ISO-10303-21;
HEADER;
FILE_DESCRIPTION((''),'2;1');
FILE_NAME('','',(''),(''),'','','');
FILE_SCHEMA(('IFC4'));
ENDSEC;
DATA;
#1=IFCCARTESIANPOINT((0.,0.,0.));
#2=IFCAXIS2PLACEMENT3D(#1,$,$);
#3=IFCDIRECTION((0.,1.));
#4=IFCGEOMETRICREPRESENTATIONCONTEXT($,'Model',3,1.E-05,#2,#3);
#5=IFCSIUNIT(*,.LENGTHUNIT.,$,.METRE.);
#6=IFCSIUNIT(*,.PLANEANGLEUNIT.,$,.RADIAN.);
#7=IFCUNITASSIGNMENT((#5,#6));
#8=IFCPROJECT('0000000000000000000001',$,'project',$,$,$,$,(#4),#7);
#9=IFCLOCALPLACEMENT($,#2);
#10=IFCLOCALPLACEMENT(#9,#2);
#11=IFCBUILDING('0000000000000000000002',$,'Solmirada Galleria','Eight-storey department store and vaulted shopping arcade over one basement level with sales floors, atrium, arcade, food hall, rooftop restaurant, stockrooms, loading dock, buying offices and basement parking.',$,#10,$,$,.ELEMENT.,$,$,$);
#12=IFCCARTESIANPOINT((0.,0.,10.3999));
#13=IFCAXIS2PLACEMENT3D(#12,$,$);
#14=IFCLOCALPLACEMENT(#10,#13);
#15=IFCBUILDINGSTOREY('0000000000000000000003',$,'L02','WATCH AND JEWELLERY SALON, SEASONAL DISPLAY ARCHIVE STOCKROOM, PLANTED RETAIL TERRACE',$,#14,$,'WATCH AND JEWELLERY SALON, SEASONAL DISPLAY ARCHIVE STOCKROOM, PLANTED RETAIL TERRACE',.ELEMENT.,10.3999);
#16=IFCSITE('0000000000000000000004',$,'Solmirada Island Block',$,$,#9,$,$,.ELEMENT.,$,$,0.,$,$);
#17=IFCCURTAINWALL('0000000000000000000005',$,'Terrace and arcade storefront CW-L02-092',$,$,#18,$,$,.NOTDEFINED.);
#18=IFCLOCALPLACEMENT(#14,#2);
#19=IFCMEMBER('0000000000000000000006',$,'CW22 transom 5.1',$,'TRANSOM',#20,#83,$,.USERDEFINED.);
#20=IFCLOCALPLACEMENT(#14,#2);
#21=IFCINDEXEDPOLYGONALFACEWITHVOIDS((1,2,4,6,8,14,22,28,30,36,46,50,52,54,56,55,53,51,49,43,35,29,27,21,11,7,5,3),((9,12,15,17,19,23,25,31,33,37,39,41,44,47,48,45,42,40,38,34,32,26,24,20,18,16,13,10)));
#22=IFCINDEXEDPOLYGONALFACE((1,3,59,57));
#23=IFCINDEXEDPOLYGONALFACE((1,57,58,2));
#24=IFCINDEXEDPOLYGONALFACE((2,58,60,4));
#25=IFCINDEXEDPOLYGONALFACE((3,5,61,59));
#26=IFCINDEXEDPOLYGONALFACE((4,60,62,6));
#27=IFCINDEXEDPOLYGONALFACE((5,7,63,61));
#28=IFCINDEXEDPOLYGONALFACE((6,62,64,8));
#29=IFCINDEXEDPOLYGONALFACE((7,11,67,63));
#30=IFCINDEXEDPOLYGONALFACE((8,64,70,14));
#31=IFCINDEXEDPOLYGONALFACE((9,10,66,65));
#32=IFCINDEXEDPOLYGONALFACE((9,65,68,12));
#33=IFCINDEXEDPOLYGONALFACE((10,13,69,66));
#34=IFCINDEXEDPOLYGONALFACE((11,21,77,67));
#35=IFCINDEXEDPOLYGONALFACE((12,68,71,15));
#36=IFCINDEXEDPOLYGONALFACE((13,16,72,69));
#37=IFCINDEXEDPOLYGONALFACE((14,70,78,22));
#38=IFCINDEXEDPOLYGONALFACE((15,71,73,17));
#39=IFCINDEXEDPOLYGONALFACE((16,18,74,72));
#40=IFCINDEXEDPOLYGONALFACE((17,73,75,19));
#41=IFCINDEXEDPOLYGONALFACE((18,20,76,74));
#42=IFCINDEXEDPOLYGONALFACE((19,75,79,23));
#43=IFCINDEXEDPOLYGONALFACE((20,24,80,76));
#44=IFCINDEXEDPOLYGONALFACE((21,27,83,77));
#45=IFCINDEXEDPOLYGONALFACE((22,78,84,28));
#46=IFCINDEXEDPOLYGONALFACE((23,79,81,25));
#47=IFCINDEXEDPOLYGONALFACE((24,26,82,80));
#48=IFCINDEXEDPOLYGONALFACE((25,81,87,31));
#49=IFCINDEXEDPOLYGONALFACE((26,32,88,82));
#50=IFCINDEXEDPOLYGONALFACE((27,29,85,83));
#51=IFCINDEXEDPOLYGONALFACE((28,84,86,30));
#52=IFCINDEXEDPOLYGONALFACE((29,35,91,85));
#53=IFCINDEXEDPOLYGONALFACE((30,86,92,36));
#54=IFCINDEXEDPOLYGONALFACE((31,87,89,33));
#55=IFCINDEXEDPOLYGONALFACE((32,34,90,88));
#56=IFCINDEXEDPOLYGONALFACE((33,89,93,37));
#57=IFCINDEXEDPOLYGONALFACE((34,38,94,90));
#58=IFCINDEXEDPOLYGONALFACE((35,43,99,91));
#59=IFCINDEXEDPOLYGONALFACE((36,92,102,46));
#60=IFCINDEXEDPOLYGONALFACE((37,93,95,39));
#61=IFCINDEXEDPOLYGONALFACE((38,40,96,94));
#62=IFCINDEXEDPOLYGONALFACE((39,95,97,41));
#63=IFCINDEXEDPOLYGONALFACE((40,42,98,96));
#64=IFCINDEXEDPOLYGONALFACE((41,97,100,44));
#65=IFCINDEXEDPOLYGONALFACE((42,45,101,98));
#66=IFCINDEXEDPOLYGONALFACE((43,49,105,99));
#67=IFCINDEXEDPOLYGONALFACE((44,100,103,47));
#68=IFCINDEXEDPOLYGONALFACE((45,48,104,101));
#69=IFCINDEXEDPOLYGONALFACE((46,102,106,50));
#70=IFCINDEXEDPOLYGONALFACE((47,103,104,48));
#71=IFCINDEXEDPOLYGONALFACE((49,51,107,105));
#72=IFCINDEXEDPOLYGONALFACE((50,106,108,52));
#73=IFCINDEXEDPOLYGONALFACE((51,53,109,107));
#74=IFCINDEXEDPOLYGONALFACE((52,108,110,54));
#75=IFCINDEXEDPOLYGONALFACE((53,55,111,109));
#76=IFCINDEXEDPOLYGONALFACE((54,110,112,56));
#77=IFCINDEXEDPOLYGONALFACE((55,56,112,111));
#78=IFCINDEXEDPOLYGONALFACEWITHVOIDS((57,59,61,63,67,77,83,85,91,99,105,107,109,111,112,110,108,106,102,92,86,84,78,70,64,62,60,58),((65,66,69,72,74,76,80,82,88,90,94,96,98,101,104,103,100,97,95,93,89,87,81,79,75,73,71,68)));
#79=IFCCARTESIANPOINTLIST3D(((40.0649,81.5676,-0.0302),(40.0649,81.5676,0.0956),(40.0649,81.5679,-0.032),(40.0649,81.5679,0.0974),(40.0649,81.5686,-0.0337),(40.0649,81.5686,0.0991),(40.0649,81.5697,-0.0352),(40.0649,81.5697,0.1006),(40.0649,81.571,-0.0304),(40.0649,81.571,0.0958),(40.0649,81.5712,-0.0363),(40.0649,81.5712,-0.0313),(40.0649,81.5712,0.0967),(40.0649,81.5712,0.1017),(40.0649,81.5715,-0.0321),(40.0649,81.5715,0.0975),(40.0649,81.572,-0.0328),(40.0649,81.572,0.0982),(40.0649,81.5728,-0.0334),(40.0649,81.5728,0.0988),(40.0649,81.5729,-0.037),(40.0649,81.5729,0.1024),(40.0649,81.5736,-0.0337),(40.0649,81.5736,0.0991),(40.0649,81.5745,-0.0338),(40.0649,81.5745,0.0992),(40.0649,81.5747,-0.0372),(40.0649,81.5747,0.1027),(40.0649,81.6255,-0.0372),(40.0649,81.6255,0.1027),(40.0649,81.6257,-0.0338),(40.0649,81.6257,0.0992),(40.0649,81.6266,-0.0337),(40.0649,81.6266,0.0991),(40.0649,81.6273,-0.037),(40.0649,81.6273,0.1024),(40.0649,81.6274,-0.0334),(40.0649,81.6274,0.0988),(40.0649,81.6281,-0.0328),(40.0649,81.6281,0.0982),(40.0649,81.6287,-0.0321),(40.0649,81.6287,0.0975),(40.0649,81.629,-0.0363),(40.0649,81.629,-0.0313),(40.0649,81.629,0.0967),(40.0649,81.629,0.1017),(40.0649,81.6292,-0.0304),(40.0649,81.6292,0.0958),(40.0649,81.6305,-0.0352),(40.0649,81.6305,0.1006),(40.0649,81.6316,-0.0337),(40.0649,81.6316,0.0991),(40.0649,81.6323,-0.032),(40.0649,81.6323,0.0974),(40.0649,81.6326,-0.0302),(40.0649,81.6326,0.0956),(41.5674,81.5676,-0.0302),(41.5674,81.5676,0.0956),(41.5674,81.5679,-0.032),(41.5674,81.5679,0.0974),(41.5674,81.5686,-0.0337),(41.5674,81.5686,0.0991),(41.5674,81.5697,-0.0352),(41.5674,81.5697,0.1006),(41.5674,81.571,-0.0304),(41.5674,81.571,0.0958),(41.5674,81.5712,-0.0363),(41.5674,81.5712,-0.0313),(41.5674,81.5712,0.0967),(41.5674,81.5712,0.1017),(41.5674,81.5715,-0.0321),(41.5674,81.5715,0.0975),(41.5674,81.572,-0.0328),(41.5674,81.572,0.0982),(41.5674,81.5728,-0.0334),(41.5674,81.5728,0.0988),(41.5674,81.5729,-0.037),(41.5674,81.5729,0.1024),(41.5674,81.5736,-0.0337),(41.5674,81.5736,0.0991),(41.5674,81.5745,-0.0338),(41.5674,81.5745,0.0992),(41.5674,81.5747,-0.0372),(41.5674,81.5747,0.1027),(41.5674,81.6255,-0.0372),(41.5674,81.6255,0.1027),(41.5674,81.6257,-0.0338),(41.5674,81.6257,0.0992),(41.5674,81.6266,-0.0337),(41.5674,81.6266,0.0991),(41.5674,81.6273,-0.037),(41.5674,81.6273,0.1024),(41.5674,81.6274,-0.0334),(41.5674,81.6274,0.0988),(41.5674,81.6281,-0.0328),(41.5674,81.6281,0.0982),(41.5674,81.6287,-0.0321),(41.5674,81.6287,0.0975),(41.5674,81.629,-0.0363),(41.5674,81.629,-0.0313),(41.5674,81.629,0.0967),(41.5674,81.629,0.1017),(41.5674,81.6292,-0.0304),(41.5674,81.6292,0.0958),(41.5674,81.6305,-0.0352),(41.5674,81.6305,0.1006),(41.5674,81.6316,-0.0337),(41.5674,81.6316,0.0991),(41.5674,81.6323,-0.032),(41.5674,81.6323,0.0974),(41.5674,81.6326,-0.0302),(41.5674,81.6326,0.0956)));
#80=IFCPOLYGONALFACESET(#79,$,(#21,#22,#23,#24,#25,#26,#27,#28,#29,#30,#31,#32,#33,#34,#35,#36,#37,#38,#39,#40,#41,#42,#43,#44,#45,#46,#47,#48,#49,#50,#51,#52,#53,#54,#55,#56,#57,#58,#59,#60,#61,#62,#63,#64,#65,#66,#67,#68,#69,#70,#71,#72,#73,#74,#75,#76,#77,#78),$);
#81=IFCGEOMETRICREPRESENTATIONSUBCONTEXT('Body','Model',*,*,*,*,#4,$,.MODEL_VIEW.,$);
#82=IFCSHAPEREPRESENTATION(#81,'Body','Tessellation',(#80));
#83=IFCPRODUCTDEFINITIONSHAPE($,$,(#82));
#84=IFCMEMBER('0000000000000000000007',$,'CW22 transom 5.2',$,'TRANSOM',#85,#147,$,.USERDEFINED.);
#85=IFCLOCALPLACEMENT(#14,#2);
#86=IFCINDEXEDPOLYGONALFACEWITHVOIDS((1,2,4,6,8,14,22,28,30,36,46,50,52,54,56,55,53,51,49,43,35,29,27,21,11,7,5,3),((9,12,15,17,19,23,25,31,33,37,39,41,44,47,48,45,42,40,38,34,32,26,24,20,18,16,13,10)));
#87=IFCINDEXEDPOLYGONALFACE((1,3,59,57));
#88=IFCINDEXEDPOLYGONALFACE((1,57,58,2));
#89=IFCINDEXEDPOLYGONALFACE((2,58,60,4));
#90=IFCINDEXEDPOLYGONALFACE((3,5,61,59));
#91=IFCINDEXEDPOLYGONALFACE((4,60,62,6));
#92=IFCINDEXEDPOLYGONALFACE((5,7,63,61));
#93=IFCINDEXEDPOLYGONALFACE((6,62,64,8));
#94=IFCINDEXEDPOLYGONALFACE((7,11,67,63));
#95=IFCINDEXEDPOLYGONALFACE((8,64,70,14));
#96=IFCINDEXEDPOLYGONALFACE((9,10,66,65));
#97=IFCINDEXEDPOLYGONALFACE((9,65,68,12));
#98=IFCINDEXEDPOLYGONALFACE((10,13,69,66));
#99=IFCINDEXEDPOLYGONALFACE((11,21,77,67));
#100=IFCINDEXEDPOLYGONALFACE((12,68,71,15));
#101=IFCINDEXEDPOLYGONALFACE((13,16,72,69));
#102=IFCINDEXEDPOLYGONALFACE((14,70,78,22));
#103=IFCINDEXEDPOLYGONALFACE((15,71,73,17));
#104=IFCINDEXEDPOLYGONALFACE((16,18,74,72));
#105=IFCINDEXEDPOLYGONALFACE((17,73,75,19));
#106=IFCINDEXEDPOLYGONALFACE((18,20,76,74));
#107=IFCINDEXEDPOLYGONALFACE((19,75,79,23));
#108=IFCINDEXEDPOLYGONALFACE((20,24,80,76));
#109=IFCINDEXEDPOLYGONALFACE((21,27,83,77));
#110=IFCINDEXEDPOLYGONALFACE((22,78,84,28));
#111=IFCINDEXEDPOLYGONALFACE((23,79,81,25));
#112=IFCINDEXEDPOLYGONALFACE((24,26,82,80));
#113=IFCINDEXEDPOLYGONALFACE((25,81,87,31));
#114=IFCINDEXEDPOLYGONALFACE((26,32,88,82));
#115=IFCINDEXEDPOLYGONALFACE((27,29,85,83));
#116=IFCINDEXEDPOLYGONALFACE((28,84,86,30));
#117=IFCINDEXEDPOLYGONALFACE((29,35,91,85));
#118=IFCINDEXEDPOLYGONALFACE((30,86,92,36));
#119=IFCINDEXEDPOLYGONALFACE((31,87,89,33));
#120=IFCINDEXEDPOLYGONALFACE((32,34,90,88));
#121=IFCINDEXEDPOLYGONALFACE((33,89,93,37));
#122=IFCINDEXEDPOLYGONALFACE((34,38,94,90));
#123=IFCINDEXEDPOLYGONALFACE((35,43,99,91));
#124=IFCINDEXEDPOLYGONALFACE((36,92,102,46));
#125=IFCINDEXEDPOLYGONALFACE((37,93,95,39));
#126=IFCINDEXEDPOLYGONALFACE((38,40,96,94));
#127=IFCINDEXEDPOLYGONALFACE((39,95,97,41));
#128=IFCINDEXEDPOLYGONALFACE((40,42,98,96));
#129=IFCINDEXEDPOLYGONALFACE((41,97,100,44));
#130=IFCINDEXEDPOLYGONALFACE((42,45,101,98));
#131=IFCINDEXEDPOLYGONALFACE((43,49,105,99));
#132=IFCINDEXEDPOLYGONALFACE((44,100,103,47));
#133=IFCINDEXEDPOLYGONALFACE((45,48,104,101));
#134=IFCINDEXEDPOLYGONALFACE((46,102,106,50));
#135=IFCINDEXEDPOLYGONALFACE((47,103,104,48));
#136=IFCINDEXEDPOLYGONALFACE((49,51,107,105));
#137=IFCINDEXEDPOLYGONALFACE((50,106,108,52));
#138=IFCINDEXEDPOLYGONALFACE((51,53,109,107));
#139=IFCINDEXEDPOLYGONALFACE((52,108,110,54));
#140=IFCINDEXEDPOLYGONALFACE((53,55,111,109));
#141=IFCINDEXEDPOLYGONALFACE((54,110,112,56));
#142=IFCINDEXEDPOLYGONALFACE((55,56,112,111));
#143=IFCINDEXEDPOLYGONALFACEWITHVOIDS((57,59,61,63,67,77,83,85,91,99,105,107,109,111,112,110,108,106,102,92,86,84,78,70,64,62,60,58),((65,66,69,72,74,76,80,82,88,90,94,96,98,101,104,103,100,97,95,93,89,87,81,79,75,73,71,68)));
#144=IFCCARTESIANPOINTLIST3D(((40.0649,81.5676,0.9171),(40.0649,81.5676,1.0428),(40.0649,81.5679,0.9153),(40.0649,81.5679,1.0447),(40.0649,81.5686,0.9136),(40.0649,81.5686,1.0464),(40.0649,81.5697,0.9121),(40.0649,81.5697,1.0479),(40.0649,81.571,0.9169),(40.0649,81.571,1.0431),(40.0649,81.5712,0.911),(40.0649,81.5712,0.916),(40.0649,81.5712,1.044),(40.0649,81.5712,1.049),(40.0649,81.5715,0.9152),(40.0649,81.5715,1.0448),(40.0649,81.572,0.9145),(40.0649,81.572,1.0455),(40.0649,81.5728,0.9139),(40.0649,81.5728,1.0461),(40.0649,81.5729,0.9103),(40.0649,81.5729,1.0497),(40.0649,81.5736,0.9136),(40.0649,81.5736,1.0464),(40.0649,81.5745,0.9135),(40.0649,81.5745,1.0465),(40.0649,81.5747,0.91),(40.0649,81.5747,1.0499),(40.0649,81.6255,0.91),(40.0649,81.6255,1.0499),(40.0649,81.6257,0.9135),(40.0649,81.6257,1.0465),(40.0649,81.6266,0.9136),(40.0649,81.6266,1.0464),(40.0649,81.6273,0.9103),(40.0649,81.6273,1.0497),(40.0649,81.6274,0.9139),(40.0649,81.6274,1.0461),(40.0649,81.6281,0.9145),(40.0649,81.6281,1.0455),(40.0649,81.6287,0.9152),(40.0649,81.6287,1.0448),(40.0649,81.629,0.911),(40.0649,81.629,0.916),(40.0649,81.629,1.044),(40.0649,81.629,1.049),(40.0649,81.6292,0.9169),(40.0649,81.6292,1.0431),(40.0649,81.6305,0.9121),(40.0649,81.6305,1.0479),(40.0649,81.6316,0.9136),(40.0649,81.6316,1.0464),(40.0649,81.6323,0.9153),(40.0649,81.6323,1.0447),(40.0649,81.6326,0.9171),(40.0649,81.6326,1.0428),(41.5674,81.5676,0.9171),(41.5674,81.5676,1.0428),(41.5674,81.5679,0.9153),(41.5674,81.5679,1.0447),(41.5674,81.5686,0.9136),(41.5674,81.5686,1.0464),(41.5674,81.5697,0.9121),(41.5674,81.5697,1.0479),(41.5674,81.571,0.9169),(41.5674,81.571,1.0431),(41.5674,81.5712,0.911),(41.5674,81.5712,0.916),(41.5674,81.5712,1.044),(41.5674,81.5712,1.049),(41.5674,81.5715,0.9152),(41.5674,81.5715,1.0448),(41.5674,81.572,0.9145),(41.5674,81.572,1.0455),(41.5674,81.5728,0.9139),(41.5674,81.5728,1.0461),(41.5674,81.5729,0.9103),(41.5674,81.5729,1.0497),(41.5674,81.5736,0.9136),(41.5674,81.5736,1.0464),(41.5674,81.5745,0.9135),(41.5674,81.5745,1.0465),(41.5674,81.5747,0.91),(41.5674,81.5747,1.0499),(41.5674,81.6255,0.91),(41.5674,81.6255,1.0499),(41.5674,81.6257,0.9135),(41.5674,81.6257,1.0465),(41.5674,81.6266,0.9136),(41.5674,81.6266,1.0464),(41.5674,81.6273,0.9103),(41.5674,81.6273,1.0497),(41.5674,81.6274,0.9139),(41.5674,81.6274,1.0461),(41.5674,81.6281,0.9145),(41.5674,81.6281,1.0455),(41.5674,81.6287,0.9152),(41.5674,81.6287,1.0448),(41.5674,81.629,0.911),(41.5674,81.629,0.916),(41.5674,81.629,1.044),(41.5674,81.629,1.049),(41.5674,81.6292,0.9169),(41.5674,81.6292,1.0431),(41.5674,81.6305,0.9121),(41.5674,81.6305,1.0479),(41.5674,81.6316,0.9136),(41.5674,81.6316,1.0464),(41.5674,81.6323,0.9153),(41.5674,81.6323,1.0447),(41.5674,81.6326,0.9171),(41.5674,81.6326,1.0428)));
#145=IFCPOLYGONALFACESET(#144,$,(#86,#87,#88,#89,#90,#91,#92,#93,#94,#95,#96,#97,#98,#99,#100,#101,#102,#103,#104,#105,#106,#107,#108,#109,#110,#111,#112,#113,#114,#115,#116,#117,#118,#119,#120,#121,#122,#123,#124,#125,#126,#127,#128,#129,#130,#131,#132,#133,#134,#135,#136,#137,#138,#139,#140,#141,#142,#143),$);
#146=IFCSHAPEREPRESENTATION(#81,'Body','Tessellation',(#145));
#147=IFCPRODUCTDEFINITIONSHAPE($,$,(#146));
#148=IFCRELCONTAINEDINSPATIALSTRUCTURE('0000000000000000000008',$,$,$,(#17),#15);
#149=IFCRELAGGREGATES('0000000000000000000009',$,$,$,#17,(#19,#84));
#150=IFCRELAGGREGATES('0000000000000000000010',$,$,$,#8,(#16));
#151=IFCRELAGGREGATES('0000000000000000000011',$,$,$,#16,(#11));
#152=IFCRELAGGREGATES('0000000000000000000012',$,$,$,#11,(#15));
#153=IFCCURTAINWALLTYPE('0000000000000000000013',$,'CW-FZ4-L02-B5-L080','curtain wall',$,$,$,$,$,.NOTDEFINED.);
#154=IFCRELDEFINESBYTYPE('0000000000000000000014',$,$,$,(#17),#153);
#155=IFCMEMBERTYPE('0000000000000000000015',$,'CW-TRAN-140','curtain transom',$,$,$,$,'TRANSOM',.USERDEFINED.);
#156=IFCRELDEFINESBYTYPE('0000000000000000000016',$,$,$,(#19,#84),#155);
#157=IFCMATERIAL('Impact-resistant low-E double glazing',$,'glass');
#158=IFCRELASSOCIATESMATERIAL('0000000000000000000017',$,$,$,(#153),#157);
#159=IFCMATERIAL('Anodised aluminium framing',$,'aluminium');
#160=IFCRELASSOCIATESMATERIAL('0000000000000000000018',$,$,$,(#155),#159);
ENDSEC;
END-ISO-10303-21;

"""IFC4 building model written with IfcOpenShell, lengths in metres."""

from ifc_helpers import new_model, si_unit, direction, frame, origin, origin_2d, place, context, subcontext, project, spatial, hollow_rectangle, extrude, material, material_profile, profile_set, type_object, element, aggregate, save


model = new_model("IFC4")

# Units and contexts
model_context = context("Model", 3, precision=1e-05, world=origin(), true_north=direction((0.0, 1.0)))
body_context = subcontext(model_context, "Body", "Model", "MODEL_VIEW")
ifc_project = project(units=[si_unit("LENGTHUNIT", "METRE"), si_unit("PLANEANGLEUNIT", "RADIAN")], contexts=[model_context])

# Site, building, storey
site_placement = place(None, origin())
site = spatial("IfcSite", under=ifc_project, at=site_placement, Name="Solmirada Island Block", CompositionType="ELEMENT", RefElevation=0.0)
building_placement = place(site_placement, origin())
building = spatial("IfcBuilding", under=site, at=building_placement, Name="Solmirada Galleria", Description="Eight-storey department store and vaulted shopping arcade over one basement level with sales floors, atrium, arcade, food hall, rooftop restaurant, stockrooms, loading dock, buying offices and basement parking.", CompositionType="ELEMENT")
storey_placement = place(building_placement, frame((0.0, 0.0, 10.3999)))
storey = spatial("IfcBuildingStorey", under=building, at=storey_placement, Name="L02", Description="WATCH AND JEWELLERY SALON, SEASONAL DISPLAY ARCHIVE STOCKROOM, PLANTED RETAIL TERRACE", LongName="WATCH AND JEWELLERY SALON, SEASONAL DISPLAY ARCHIVE STOCKROOM, PLANTED RETAIL TERRACE", CompositionType="ELEMENT", Elevation=10.3999)

# Curtain wall, members
ifc_material_1 = material(Name="Impact-resistant low-E double glazing", Category="glass")
curtain_wall_type = type_object("IfcCurtainWallType", Name="CW-FZ4-L02-B5-L080", Description="curtain wall", PredefinedType="NOTDEFINED", material=ifc_material_1)
curtain_wall_placement = place(storey_placement, origin())
curtain_wall = element("IfcCurtainWall", 1, at=curtain_wall_placement, inside=storey, type_object=curtain_wall_type, Name="Terrace and arcade storefront CW-L02-092", PredefinedType="NOTDEFINED")
ifc_material_2 = material(Name="Anodised aluminium framing", Category="aluminium")
ifc_material_profile_1 = material_profile(ifc_material_2, hollow_rectangle(XDim=0.0649, YDim=0.1399, WallThickness=0.0034, InnerFilletRadius=0.0034, OuterFilletRadius=0.0071, at=origin_2d()), Name="ALU-TRAN-140X65")
ifc_profile_set_1 = profile_set([ifc_material_profile_1], Name="Anodised aluminium framing")
member_type_1 = type_object("IfcMemberType", Name="CW-TRAN-140", Description="curtain transom", ElementType="TRANSOM", PredefinedType="USERDEFINED", material=ifc_profile_set_1)
member_1_placement = place(storey_placement, frame((41.5674, 81.6001, 0.0327), z_axis=(-1.0, 0.0, 0.0), x_axis=(0.0, -1.0, 0.0)))
member_1 = element("IfcMember", 2, at=member_1_placement, type_object=member_type_1, Name="CW22 transom 5.1", ObjectType="TRANSOM", PredefinedType="USERDEFINED", context=body_context, shape_type="SweptSolid", body=[
    extrude(hollow_rectangle(XDim=0.0649, YDim=0.1399, WallThickness=0.0034, InnerFilletRadius=0.0034, OuterFilletRadius=0.0071, at=origin_2d()), origin(), (0.0, 0.0, 1.0), 1.5024),
])
member_2_placement = place(storey_placement, frame((41.5674, 81.6001, 0.98), z_axis=(-1.0, 0.0, 0.0), x_axis=(0.0, -1.0, 0.0)))
member_2 = element("IfcMember", 3, at=member_2_placement, type_object=member_type_1, Name="CW22 transom 5.2", ObjectType="TRANSOM", PredefinedType="USERDEFINED", context=body_context, shape_type="SweptSolid", body=[
    extrude(hollow_rectangle(XDim=0.0649, YDim=0.1399, WallThickness=0.0034, InnerFilletRadius=0.0034, OuterFilletRadius=0.0071, at=origin_2d()), origin(), (0.0, 0.0, 1.0), 1.5024),
])
aggregate(curtain_wall, [member_1, member_2])

save(model, "model.ifc")
